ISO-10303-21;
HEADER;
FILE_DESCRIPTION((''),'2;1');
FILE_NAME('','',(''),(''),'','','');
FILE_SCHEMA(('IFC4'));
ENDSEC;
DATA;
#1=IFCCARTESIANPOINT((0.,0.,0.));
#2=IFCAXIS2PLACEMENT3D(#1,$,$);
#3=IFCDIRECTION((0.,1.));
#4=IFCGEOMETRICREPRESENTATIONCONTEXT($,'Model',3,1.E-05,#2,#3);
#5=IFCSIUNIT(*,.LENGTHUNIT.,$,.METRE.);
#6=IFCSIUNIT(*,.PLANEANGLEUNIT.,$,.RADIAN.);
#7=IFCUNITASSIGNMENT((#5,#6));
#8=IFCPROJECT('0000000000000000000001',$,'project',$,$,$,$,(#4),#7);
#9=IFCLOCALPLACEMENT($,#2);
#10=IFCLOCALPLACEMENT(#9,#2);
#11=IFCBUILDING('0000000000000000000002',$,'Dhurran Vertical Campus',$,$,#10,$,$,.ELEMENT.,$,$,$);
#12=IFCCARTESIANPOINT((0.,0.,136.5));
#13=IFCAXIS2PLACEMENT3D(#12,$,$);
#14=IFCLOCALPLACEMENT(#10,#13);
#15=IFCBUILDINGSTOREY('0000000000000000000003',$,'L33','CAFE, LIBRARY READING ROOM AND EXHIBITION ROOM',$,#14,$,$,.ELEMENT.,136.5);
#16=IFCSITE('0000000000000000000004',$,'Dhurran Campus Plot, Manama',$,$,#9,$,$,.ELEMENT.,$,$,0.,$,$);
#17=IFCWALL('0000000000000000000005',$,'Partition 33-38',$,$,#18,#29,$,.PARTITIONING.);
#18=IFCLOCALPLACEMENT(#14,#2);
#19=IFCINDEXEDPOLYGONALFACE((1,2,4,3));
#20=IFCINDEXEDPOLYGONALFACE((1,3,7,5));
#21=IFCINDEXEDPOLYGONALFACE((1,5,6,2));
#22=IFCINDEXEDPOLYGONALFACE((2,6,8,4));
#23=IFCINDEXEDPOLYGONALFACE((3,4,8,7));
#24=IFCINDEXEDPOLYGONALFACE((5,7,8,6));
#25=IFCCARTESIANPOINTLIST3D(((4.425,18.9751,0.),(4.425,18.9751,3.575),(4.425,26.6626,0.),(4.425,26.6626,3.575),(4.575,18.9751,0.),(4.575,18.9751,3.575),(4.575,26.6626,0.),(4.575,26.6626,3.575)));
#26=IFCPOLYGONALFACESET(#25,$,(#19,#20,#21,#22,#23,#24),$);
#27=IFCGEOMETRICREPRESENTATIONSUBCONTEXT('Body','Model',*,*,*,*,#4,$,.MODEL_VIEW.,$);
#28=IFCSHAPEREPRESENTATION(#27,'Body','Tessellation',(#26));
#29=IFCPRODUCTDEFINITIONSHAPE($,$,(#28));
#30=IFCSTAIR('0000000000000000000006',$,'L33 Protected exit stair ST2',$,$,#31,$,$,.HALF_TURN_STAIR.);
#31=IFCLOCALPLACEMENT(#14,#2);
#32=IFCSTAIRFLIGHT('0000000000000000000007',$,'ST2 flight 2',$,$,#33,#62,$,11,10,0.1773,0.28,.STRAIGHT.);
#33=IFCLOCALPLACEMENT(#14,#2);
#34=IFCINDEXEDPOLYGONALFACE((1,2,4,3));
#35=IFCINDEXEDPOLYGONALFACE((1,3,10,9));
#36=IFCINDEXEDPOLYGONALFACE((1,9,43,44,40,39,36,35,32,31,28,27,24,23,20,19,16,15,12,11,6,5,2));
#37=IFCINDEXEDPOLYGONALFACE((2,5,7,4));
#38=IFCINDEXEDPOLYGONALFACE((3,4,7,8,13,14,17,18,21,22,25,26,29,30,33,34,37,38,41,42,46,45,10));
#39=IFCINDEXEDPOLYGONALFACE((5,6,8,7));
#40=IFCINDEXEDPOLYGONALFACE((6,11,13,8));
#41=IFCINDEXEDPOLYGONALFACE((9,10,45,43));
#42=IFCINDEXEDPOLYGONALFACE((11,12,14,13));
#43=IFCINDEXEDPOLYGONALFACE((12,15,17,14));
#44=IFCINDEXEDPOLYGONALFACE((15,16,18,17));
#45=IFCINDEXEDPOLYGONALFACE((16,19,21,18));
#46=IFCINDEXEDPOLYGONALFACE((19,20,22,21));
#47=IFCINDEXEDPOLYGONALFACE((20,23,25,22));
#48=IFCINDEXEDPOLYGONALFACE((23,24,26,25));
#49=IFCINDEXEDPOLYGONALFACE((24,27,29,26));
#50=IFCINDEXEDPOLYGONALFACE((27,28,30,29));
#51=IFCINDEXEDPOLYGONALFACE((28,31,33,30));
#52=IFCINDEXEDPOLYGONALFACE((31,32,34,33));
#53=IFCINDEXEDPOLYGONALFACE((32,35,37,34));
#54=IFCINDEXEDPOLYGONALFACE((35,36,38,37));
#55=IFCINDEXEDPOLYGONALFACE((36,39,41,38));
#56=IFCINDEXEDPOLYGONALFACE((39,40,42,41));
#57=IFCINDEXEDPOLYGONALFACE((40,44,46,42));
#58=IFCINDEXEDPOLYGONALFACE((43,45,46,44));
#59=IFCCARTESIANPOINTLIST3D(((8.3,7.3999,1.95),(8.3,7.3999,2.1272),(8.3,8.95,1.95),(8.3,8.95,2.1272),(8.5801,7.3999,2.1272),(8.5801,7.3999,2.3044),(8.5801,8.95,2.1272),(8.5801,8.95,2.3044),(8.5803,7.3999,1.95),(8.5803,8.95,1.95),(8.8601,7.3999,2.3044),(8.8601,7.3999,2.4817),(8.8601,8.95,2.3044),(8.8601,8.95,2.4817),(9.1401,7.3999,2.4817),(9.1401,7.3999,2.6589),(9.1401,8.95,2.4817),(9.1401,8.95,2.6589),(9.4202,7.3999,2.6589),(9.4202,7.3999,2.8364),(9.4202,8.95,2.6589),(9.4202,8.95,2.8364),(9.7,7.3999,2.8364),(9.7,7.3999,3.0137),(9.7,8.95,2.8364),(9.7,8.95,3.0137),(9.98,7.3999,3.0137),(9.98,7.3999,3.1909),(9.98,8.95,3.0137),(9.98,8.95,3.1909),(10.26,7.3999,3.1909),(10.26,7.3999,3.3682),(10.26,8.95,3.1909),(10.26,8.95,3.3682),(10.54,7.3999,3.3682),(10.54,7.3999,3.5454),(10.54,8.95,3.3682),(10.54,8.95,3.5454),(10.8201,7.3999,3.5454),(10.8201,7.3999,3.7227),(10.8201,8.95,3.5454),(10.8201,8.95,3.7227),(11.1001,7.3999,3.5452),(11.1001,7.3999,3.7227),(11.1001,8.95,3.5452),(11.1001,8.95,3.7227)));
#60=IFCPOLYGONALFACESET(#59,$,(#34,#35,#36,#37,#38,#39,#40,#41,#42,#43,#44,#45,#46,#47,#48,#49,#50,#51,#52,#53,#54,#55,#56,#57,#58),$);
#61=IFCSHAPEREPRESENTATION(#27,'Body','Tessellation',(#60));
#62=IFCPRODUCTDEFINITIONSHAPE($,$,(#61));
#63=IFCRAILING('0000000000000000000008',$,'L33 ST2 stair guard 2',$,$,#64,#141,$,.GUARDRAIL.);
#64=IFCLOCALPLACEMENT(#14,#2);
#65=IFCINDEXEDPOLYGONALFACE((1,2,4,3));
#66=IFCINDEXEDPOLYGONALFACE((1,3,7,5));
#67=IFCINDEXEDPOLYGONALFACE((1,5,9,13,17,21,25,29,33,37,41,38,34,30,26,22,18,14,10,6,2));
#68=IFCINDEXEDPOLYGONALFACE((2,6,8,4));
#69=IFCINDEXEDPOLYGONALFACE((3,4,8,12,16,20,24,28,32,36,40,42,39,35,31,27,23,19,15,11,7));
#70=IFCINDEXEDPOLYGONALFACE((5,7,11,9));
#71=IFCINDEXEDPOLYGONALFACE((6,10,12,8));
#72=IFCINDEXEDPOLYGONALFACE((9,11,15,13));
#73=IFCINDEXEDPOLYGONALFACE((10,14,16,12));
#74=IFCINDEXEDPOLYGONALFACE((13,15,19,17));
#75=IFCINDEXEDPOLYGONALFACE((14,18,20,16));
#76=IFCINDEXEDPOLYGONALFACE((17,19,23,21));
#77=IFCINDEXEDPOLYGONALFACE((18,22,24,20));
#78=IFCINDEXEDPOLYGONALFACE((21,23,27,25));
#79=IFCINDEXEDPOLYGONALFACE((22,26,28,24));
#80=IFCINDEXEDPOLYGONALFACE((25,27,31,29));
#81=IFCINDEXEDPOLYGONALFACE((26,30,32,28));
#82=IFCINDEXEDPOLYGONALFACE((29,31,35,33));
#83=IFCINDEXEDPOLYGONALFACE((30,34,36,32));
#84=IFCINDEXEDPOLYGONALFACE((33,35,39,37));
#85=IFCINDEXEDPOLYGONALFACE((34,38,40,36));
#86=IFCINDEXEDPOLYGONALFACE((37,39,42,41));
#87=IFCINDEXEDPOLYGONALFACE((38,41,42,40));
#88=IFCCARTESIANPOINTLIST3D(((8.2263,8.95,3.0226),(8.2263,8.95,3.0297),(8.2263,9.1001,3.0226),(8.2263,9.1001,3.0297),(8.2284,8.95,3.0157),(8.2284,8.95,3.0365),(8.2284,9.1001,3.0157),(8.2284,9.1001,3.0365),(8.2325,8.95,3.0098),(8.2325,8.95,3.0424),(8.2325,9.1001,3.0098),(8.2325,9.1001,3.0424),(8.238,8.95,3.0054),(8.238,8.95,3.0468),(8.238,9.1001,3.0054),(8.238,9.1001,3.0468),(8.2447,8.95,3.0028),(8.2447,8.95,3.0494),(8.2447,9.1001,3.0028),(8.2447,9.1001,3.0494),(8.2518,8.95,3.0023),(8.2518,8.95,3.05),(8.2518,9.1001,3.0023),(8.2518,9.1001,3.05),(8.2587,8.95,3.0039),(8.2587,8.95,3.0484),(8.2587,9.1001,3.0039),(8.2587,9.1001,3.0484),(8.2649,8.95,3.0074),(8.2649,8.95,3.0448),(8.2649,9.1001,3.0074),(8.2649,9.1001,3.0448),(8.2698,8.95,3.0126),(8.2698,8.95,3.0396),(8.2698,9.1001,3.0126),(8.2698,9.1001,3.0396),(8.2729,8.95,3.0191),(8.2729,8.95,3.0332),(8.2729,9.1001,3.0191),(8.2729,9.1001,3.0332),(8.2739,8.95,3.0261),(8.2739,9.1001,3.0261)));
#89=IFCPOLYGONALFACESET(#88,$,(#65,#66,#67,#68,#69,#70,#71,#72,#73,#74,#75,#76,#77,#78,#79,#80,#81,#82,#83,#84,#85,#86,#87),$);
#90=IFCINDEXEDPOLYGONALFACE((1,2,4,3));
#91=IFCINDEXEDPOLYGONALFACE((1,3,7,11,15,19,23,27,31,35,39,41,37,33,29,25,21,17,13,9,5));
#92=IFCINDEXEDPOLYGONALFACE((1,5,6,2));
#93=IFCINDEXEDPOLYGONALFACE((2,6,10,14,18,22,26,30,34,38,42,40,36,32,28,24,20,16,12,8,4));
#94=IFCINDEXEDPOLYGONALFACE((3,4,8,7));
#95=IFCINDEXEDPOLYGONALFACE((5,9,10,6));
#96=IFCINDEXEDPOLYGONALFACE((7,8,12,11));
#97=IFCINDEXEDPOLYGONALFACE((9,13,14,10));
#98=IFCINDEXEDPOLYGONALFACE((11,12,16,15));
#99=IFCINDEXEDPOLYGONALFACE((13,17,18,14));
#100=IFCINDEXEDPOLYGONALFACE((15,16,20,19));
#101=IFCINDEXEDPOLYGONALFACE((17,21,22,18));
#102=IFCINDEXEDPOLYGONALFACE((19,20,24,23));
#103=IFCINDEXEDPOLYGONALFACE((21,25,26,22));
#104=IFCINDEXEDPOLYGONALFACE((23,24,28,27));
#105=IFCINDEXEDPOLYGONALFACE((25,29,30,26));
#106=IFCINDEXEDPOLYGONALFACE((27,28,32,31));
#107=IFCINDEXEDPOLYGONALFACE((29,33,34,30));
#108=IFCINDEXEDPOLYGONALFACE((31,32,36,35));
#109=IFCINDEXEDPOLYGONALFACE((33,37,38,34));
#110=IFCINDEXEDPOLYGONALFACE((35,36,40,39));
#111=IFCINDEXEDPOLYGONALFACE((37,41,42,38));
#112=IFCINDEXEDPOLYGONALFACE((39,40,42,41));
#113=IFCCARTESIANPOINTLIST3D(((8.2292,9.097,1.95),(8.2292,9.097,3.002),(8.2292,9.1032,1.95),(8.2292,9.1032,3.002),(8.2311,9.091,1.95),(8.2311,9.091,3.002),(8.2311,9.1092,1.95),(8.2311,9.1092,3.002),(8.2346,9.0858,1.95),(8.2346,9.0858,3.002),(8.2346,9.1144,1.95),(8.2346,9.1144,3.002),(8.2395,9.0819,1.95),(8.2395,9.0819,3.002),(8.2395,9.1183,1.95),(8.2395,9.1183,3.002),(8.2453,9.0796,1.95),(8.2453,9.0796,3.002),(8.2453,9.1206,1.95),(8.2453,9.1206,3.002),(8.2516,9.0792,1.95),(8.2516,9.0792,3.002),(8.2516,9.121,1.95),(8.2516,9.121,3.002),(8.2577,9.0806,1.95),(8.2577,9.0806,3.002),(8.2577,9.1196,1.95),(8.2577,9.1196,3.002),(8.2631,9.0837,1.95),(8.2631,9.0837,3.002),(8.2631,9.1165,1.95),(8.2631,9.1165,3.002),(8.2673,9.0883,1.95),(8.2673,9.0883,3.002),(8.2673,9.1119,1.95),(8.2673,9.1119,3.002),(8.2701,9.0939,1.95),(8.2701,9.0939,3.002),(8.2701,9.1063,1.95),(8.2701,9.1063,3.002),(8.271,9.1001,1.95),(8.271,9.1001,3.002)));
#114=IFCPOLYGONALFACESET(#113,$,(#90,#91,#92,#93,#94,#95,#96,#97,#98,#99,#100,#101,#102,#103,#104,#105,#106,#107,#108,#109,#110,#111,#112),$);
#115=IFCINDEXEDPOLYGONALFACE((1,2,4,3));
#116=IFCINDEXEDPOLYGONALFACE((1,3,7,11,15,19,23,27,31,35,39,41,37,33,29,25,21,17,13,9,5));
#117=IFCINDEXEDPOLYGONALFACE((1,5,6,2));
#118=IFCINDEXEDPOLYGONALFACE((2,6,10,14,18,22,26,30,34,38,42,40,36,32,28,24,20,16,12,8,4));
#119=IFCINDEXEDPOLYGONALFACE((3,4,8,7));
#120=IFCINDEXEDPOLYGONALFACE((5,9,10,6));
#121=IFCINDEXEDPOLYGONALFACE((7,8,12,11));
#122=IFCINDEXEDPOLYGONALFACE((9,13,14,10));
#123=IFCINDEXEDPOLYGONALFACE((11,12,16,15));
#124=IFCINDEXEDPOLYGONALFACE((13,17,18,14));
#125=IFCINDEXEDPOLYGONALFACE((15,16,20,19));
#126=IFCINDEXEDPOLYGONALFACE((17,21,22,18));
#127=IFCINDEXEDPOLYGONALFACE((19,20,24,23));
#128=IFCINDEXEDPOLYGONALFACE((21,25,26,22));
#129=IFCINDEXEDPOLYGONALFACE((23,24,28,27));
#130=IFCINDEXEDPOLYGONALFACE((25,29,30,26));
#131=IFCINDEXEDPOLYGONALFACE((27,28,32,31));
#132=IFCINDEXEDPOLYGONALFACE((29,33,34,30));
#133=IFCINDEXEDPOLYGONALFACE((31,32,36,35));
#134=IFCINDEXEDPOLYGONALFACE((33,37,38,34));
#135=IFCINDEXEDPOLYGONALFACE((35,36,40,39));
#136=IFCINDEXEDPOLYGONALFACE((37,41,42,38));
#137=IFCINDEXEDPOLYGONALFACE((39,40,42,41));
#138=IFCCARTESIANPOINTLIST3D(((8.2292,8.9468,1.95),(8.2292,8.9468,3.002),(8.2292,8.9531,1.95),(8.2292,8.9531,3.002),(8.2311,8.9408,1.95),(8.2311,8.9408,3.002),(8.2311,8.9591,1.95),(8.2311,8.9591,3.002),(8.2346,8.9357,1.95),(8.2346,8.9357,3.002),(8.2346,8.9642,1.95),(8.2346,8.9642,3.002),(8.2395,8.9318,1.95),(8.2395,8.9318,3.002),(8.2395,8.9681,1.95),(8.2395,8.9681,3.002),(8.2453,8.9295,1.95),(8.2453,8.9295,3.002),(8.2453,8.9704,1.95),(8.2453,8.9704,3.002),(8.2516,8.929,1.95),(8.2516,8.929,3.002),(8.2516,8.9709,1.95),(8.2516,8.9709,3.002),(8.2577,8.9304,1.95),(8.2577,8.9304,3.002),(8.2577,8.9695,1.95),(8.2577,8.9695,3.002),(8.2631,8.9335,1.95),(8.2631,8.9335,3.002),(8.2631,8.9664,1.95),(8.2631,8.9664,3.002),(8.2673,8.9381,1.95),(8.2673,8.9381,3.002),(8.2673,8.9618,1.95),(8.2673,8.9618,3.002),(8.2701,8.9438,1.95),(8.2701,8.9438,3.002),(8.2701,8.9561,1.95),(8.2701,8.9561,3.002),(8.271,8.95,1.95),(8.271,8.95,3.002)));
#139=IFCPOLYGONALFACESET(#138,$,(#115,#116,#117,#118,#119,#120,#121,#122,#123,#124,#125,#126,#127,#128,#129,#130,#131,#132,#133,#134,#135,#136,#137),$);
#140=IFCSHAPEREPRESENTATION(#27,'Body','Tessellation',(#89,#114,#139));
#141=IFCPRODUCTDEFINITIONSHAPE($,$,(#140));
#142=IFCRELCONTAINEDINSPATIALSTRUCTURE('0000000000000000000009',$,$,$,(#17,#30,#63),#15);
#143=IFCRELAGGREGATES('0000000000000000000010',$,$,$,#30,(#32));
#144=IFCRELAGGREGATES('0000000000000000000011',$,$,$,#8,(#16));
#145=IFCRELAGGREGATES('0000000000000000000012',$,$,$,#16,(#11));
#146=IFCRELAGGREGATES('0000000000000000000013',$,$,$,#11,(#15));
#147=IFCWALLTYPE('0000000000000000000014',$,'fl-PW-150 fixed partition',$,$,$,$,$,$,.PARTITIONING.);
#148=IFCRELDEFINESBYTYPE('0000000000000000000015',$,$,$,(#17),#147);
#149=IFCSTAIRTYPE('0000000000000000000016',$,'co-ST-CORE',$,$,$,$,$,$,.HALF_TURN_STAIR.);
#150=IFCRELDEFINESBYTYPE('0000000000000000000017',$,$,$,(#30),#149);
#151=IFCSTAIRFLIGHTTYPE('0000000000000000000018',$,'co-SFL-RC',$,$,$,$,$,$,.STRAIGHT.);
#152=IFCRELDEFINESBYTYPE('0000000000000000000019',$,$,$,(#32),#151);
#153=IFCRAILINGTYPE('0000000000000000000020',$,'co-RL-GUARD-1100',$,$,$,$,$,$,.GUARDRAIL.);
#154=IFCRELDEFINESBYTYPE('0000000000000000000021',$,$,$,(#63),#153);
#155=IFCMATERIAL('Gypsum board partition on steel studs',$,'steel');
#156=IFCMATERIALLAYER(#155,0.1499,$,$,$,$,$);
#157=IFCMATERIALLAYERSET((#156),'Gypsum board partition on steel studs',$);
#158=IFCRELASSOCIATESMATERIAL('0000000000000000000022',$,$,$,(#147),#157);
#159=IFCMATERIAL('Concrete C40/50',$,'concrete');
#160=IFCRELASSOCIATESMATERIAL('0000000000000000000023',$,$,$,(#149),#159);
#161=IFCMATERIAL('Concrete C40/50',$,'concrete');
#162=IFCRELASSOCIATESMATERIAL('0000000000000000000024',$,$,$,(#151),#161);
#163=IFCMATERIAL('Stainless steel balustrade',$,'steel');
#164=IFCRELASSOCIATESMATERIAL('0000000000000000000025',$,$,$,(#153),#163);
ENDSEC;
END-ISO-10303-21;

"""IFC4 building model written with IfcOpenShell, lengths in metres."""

from ifc_helpers import new_model, si_unit, direction, frame, frame_2d, origin, origin_2d, place, context, subcontext, project, spatial, polyline, rectangle, circle, outline, extrude, material, layer, layer_set, type_object, element, aggregate, save


model = new_model("IFC4")

# Units and contexts
model_context = context("Model", 3, precision=1e-05, world=origin(), true_north=direction((0.0, 1.0)))
body_context = subcontext(model_context, "Body", "Model", "MODEL_VIEW")
ifc_project = project(units=[si_unit("LENGTHUNIT", "METRE"), si_unit("PLANEANGLEUNIT", "RADIAN")], contexts=[model_context])

# Site, building, storey
site_placement = place(None, origin())
site = spatial("IfcSite", under=ifc_project, at=site_placement, Name="Dhurran Campus Plot, Manama", CompositionType="ELEMENT", RefElevation=0.0)
building_placement = place(site_placement, origin())
building = spatial("IfcBuilding", under=site, at=building_placement, Name="Dhurran Vertical Campus", CompositionType="ELEMENT")
storey_placement = place(building_placement, frame((0.0, 0.0, 136.5)))
storey = spatial("IfcBuildingStorey", under=building, at=storey_placement, Name="L33", Description="CAFE, LIBRARY READING ROOM AND EXHIBITION ROOM", CompositionType="ELEMENT", Elevation=136.5)

# Wall
ifc_material_1 = material(Name="Gypsum board partition on steel studs", Category="steel")
ifc_layer_1 = layer(ifc_material_1, 0.1499)
ifc_layer_set_1 = layer_set([ifc_layer_1], Name="Gypsum board partition on steel studs")
wall_type_1 = type_object("IfcWallType", Name="fl-PW-150 fixed partition", PredefinedType="PARTITIONING", material=ifc_layer_set_1)
wall_1_placement = place(storey_placement, frame((4.5, 26.6626, 0.0), z_axis=(0.0, 0.0, 1.0), x_axis=(0.0, -1.0, 0.0)))
element("IfcWall", 1, at=wall_1_placement, inside=storey, type_object=wall_type_1, Name="Partition 33-38", PredefinedType="PARTITIONING", context=body_context, shape_type="SweptSolid", body=[
    extrude(rectangle(XDim=7.6875, YDim=0.1499, at=frame_2d((3.8438, 0.0))), origin(), (0.0, 0.0, 1.0), 3.575),
])

# Stair, stair flight
ifc_material_2 = material(Name="Concrete C40/50", Category="concrete")
stair_type = type_object("IfcStairType", Name="co-ST-CORE", PredefinedType="HALF_TURN_STAIR", material=ifc_material_2)
stair_placement = place(storey_placement, origin())
stair = element("IfcStair", 2, at=stair_placement, inside=storey, type_object=stair_type, Name="L33 Protected exit stair ST2", PredefinedType="HALF_TURN_STAIR")
ifc_material_3 = material(Name="Concrete C40/50", Category="concrete")
stair_flight_type = type_object("IfcStairFlightType", Name="co-SFL-RC", PredefinedType="STRAIGHT", material=ifc_material_3)
stair_flight_placement = place(storey_placement, frame((8.3, 8.175, 1.95), z_axis=(0.0, 0.0, 1.0), x_axis=(1.0, 0.0, 0.0)))
stair_flight = element("IfcStairFlight", 3, at=stair_flight_placement, type_object=stair_flight_type, Name="ST2 flight 2", NumberOfRisers=11, NumberOfTreads=10, PredefinedType="STRAIGHT", RiserHeight=0.1773, TreadLength=0.28, context=body_context, shape_type="SweptSolid", body=[
    extrude(outline(polyline([(0.0, 0.0), (0.0, 0.1772), (0.28, 0.1772), (0.28, 0.3545), (0.5601, 0.3545), (0.5601, 0.5317), (0.8401, 0.5317), (0.8401, 0.709), (1.1201, 0.709), (1.1201, 0.8865), (1.3999, 0.8865), (1.3999, 1.0637), (1.6799, 1.0637), (1.6799, 1.241), (1.96, 1.241), (1.96, 1.4182), (2.24, 1.4182), (2.24, 1.5955), (2.52, 1.5955), (2.52, 1.7727), (2.8, 1.7727), (2.8, 1.95), (2.8, 1.5952), (0.2803, 0.0), (0.0, 0.0)])), frame((0.0, 0.7749, 0.0), z_axis=(0.0, -1.0, 0.0), x_axis=(1.0, 0.0, 0.0)), (0.0, 0.0, 1.0), 1.55),
])
aggregate(stair, [stair_flight])

# Railing
ifc_material_4 = material(Name="Stainless steel balustrade", Category="steel")
railing_type_1 = type_object("IfcRailingType", Name="co-RL-GUARD-1100", PredefinedType="GUARDRAIL", material=ifc_material_4)
railing_1_placement = place(storey_placement, frame((8.25, 9.1001, 1.95)))
element("IfcRailing", 4, at=railing_1_placement, inside=storey, type_object=railing_type_1, Name="L33 ST2 stair guard 2", PredefinedType="GUARDRAIL", context=body_context, shape_type="SweptSolid", body=[
    extrude(circle(Radius=0.0239, at=origin_2d()), frame((0.0, 0.0, 1.0762), z_axis=(0.0, -1.0, 0.0), x_axis=(1.0, 0.0, 0.0)), (0.0, 0.0, 1.0), 0.1501),
    extrude(circle(Radius=0.021, at=origin_2d()), origin(), (0.0, 0.0, 1.0), 1.052),
    extrude(circle(Radius=0.021, at=origin_2d()), frame((0.0, -0.1501, 0.0)), (0.0, 0.0, 1.0), 1.052),
])

save(model, "model.ifc")
